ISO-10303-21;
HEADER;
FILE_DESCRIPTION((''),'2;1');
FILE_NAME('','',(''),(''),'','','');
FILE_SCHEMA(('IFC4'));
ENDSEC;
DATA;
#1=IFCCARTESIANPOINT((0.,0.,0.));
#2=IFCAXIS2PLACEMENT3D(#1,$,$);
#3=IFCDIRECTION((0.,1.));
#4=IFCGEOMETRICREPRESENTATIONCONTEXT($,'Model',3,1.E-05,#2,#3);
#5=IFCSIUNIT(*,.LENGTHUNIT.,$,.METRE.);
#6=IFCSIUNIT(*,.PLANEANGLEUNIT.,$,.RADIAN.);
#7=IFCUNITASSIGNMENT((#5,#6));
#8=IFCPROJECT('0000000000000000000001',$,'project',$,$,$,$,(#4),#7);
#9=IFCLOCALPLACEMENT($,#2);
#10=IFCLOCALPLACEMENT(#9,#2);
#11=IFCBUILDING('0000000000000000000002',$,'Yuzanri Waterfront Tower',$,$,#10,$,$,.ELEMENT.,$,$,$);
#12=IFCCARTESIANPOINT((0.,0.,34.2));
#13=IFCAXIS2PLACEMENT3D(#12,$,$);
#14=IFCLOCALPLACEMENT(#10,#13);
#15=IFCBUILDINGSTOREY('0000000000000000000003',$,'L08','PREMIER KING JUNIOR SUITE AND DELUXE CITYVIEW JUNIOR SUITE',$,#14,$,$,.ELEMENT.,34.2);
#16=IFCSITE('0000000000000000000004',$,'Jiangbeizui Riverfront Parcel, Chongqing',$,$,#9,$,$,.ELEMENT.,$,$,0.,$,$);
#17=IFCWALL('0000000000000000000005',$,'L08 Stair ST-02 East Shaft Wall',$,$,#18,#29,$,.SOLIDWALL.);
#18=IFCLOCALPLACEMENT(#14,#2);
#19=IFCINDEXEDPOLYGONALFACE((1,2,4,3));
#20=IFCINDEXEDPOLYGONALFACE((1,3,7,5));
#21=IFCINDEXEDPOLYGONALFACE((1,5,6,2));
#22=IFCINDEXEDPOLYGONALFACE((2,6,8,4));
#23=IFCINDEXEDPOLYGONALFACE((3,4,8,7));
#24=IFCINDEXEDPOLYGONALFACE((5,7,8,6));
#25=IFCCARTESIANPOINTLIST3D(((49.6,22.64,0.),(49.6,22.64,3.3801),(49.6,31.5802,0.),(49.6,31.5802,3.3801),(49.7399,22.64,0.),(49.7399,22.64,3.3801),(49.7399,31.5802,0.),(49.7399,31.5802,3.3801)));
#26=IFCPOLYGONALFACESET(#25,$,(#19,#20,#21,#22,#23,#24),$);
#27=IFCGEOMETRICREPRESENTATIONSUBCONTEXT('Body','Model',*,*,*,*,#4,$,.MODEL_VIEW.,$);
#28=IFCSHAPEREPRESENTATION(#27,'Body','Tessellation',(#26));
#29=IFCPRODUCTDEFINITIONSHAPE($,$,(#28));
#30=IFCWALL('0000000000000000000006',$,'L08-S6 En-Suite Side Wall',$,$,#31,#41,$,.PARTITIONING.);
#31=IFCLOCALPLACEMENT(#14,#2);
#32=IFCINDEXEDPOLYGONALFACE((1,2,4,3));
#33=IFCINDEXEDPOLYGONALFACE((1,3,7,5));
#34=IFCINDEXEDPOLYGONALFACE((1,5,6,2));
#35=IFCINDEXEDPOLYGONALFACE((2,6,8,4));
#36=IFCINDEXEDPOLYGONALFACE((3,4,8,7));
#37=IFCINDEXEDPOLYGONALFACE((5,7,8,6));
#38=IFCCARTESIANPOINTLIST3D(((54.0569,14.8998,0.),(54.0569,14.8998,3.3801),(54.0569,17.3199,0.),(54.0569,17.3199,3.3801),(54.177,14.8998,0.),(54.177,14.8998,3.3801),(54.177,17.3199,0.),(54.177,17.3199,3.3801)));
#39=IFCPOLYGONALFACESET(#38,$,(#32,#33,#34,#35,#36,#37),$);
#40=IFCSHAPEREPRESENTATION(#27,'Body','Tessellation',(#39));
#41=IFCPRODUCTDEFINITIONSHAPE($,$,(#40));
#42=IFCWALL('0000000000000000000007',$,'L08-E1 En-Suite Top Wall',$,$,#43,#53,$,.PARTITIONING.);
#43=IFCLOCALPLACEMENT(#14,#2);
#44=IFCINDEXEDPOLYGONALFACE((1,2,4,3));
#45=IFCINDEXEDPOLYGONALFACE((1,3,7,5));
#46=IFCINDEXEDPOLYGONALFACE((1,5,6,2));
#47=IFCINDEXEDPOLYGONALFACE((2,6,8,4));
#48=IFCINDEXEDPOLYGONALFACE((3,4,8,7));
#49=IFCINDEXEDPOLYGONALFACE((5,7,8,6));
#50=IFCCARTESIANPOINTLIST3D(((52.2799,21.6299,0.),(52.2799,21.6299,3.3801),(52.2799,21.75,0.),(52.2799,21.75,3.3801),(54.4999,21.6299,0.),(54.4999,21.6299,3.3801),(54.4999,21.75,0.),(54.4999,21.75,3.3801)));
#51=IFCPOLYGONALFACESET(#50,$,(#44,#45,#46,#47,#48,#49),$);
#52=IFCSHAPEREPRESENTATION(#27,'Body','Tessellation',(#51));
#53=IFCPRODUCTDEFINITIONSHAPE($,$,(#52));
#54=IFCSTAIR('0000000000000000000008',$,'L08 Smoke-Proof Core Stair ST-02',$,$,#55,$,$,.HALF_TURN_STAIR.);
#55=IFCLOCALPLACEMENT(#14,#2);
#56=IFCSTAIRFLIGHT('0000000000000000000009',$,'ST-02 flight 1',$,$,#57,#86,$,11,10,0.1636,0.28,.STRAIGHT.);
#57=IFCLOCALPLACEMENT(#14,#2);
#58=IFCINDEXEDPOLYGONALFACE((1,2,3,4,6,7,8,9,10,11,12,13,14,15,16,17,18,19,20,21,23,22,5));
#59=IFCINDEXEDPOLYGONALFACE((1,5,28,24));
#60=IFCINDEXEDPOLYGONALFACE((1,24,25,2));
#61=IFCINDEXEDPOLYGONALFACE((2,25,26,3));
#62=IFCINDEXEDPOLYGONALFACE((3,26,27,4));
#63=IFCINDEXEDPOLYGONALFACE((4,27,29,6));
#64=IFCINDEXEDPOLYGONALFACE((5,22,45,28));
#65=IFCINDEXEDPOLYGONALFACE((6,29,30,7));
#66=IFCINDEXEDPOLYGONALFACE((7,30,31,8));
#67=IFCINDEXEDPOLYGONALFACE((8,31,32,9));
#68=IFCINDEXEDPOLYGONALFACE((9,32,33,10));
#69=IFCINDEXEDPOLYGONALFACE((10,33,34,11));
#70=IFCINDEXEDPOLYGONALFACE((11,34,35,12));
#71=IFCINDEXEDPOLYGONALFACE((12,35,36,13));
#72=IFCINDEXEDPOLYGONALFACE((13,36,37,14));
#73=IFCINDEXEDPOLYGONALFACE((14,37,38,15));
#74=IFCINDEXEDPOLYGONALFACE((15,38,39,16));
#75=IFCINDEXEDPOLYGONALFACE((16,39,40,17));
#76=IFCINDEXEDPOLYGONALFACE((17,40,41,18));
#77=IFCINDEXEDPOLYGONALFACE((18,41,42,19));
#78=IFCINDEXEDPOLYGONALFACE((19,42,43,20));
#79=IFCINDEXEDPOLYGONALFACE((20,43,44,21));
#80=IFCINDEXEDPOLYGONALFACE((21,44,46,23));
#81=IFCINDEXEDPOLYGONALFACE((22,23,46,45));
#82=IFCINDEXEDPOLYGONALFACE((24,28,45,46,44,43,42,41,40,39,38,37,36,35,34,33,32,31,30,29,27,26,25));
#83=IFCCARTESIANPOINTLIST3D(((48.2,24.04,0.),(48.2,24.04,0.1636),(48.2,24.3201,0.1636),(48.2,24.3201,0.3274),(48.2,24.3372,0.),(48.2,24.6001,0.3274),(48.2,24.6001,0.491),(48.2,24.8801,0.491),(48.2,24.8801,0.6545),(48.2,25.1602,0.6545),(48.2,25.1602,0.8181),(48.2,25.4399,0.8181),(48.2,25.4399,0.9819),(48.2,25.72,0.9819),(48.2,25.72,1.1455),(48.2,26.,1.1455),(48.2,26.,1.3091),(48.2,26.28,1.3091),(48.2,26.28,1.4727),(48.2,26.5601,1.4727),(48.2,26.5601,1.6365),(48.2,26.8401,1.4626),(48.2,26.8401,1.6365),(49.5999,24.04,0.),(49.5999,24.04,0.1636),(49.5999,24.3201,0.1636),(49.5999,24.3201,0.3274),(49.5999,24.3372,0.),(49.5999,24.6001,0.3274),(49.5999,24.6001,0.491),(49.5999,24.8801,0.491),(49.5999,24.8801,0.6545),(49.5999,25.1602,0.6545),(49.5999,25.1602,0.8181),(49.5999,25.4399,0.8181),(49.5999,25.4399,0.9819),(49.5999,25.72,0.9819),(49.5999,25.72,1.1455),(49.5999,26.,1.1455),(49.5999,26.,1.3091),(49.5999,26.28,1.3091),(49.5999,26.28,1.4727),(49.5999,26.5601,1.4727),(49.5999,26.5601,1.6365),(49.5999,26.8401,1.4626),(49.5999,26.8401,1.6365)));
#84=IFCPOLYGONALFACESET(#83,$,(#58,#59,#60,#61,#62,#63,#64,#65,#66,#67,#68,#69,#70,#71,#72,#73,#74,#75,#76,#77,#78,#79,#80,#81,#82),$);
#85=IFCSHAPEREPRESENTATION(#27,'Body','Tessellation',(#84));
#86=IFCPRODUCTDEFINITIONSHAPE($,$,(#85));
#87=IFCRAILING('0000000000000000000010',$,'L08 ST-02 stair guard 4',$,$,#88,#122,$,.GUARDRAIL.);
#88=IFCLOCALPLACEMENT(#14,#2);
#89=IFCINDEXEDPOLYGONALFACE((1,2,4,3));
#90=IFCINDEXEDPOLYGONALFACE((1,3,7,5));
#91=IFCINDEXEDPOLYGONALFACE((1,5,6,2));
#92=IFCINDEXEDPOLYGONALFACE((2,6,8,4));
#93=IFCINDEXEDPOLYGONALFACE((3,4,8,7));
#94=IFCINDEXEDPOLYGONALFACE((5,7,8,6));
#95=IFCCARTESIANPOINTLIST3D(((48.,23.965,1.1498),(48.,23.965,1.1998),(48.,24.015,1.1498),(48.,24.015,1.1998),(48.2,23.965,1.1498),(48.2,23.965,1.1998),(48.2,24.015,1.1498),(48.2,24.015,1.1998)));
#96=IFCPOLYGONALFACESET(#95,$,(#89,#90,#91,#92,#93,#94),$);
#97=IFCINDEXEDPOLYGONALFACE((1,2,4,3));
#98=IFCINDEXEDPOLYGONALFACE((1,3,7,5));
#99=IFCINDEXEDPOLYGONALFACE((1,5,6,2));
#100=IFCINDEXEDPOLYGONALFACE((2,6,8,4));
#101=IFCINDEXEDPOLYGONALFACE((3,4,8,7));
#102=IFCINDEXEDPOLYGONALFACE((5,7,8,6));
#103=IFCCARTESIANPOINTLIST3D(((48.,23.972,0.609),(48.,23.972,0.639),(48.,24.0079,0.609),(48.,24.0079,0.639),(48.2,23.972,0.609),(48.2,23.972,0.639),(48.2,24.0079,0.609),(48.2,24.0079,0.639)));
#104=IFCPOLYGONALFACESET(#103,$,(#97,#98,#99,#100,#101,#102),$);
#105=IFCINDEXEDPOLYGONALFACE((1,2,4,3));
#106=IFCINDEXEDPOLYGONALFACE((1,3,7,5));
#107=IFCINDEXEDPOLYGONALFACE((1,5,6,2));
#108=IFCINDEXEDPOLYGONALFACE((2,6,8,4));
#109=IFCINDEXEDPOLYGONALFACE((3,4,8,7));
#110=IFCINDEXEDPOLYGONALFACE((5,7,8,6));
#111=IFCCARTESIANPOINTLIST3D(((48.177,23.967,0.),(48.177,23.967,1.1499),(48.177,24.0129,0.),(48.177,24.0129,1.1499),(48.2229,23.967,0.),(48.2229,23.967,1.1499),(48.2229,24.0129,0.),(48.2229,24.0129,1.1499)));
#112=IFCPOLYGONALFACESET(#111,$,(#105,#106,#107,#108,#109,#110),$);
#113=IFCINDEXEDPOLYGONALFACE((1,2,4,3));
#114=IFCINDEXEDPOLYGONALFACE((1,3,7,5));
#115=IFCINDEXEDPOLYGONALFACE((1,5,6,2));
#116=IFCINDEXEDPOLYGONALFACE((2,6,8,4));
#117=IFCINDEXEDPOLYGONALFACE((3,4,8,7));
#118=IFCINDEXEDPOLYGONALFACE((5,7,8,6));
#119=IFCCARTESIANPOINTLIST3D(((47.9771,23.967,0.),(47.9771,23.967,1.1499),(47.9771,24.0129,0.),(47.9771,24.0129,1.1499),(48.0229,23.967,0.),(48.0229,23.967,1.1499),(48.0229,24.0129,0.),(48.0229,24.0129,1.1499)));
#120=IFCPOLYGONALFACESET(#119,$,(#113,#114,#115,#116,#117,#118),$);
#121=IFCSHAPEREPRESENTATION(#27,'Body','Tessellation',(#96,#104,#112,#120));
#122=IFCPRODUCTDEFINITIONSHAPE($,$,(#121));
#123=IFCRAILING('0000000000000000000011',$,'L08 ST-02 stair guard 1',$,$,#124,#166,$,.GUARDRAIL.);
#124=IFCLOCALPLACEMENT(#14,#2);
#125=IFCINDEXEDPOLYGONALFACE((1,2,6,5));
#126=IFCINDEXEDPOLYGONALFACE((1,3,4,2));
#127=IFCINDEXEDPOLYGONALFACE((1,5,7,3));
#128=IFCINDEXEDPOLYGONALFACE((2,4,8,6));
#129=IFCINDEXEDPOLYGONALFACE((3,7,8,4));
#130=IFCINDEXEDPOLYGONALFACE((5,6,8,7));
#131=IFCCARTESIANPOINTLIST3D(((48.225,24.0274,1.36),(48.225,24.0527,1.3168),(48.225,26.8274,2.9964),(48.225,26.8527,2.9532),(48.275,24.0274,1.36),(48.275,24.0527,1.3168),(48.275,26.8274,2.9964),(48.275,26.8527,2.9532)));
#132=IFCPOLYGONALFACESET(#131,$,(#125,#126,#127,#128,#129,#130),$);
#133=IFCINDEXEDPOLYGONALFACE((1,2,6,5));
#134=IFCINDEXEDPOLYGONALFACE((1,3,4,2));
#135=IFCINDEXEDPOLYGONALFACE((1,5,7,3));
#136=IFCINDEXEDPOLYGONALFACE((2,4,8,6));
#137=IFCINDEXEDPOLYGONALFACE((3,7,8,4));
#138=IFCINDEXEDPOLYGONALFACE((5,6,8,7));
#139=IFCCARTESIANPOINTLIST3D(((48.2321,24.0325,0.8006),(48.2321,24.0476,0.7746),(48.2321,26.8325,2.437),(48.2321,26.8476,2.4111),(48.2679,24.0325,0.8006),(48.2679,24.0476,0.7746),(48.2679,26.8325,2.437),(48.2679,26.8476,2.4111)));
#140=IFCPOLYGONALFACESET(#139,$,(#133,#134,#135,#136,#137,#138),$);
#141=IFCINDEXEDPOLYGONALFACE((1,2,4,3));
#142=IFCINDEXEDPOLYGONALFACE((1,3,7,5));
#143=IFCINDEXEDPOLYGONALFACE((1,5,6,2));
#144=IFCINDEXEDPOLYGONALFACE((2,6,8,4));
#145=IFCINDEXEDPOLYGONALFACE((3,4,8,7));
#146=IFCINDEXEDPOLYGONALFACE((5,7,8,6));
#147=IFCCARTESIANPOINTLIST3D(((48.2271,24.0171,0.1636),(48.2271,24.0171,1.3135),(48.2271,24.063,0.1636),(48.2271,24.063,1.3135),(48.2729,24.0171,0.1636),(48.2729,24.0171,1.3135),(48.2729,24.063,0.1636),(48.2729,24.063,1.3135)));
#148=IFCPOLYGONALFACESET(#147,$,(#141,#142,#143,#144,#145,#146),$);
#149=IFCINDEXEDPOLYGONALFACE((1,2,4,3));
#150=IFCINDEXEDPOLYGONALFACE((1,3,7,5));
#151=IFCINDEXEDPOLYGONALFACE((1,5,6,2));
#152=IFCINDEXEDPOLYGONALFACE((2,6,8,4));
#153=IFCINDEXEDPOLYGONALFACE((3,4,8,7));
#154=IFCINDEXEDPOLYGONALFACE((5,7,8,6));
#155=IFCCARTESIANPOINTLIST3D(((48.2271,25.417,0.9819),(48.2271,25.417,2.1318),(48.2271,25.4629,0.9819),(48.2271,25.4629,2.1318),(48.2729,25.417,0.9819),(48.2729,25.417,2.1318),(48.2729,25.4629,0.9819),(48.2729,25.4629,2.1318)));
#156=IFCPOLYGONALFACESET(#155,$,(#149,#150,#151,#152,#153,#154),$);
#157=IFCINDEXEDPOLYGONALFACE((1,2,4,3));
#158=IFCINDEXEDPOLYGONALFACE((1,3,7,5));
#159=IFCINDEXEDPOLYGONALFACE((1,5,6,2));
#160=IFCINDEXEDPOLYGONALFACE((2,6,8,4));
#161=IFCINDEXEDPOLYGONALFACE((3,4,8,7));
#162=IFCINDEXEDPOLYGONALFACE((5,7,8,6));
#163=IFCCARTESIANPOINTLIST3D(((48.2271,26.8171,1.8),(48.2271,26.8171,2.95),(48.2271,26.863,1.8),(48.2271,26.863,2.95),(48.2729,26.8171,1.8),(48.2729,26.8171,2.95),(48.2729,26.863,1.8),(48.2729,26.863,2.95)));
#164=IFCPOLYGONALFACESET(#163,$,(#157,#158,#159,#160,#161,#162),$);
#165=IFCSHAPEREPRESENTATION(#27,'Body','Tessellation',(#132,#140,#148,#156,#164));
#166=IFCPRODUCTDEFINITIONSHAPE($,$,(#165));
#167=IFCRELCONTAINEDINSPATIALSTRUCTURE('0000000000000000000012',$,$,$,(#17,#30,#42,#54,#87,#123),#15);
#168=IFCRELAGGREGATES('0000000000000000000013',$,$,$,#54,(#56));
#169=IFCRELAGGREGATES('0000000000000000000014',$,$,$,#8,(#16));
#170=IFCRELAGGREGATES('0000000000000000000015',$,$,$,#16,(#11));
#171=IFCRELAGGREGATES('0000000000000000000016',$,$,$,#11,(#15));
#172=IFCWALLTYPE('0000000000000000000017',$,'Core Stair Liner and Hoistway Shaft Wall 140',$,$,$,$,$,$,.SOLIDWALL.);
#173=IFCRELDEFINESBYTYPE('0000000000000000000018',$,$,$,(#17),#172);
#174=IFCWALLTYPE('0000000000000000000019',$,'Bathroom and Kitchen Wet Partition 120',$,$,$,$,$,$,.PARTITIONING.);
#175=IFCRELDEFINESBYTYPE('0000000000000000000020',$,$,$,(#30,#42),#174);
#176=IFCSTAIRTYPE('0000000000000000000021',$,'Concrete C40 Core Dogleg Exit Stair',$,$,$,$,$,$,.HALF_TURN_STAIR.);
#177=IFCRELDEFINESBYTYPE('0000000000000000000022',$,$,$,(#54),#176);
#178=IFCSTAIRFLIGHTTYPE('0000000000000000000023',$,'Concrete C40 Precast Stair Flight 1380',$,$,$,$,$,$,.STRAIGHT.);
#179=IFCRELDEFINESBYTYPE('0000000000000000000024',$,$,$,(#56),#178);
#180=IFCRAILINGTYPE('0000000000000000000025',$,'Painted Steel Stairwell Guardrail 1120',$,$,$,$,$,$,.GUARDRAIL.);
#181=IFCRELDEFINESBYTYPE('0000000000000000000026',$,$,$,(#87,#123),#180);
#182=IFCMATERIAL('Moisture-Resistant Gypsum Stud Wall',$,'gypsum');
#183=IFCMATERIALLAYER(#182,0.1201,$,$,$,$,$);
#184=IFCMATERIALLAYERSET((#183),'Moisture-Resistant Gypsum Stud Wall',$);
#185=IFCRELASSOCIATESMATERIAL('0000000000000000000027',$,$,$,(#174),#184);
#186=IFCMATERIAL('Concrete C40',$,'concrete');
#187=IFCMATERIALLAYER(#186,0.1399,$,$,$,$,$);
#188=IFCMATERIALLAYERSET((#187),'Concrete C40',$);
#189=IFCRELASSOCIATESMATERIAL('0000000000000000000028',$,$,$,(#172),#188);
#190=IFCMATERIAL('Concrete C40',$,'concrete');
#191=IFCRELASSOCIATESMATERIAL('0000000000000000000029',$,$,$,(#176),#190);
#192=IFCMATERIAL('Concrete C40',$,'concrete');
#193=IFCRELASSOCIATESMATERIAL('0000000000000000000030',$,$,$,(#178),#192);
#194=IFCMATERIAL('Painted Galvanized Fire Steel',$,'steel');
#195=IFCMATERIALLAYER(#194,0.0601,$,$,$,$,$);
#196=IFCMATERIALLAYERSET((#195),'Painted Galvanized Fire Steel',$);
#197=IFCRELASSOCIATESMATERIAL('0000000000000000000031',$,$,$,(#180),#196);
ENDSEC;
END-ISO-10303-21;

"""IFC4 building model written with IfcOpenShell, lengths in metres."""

from ifc_helpers import new_model, si_unit, direction, frame, frame_2d, origin, origin_2d, place, context, subcontext, project, spatial, polyline, rectangle, outline, extrude, source, transform, mapped, material, layer, layer_set, type_object, element, aggregate, save


model = new_model("IFC4")

# Units and contexts
model_context = context("Model", 3, precision=1e-05, world=origin(), true_north=direction((0.0, 1.0)))
body_context = subcontext(model_context, "Body", "Model", "MODEL_VIEW")
ifc_project = project(units=[si_unit("LENGTHUNIT", "METRE"), si_unit("PLANEANGLEUNIT", "RADIAN")], contexts=[model_context])

# Site, building, storey
site_placement = place(None, origin())
site = spatial("IfcSite", under=ifc_project, at=site_placement, Name="Jiangbeizui Riverfront Parcel, Chongqing", CompositionType="ELEMENT", RefElevation=0.0)
building_placement = place(site_placement, origin())
building = spatial("IfcBuilding", under=site, at=building_placement, Name="Yuzanri Waterfront Tower", CompositionType="ELEMENT")
storey_placement = place(building_placement, frame((0.0, 0.0, 34.2)))
storey = spatial("IfcBuildingStorey", under=building, at=storey_placement, Name="L08", Description="PREMIER KING JUNIOR SUITE AND DELUXE CITYVIEW JUNIOR SUITE", CompositionType="ELEMENT", Elevation=34.2)

# Shared definitions
ifc_material_1 = material(Name="Moisture-Resistant Gypsum Stud Wall", Category="gypsum")
ifc_layer_1 = layer(ifc_material_1, 0.1201)
ifc_layer_set_1 = layer_set([ifc_layer_1], Name="Moisture-Resistant Gypsum Stud Wall")
wall_type_1 = type_object("IfcWallType", Name="Bathroom and Kitchen Wet Partition 120", PredefinedType="PARTITIONING", material=ifc_layer_set_1)

# Walls
ifc_material_2 = material(Name="Concrete C40", Category="concrete")
ifc_layer_2 = layer(ifc_material_2, 0.1399)
ifc_layer_set_2 = layer_set([ifc_layer_2], Name="Concrete C40")
wall_type_2 = type_object("IfcWallType", Name="Core Stair Liner and Hoistway Shaft Wall 140", PredefinedType="SOLIDWALL", material=ifc_layer_set_2)
shared_shape_1 = source(origin(), body_context, "Body", "SweptSolid", [
    extrude(rectangle(XDim=8.9402, YDim=0.1399, at=frame_2d((4.4702, 0.0))), origin(), (0.0, 0.0, 1.0), 3.3801),
])
wall_1_placement = place(storey_placement, frame((49.6699, 22.6399, 0.0), z_axis=(0.0, 0.0, 1.0), x_axis=(0.0, 1.0, 0.0)))
element("IfcWall", 1, at=wall_1_placement, inside=storey, type_object=wall_type_2, Name="L08 Stair ST-02 East Shaft Wall", PredefinedType="SOLIDWALL", context=body_context, shape_type="MappedRepresentation", body=[
    mapped(shared_shape_1, transform((0.0, 0.0, 0.0), scale=1.0)),
])
shared_shape_2 = source(origin(), body_context, "Body", "SweptSolid", [
    extrude(rectangle(XDim=2.4202, YDim=0.1201, at=frame_2d((1.21, 0.0))), origin(), (0.0, 0.0, 1.0), 3.3801),
])
wall_2_placement = place(storey_placement, frame((54.1169, 14.8999, 0.0), z_axis=(0.0, 0.0, 1.0), x_axis=(0.0, 1.0, 0.0)))
element("IfcWall", 2, at=wall_2_placement, inside=storey, type_object=wall_type_1, Name="L08-S6 En-Suite Side Wall", PredefinedType="PARTITIONING", context=body_context, shape_type="MappedRepresentation", body=[
    mapped(shared_shape_2, transform((0.0, 0.0, 0.0), scale=1.0)),
])
shared_shape_3 = source(origin(), body_context, "Body", "SweptSolid", [
    extrude(rectangle(XDim=2.22, YDim=0.1201, at=frame_2d((1.1099, 0.0))), origin(), (0.0, 0.0, 1.0), 3.3801),
])
wall_3_placement = place(storey_placement, frame((52.28, 21.6899, 0.0), z_axis=(0.0, 0.0, 1.0), x_axis=(1.0, 0.0, 0.0)))
element("IfcWall", 3, at=wall_3_placement, inside=storey, type_object=wall_type_1, Name="L08-E1 En-Suite Top Wall", PredefinedType="PARTITIONING", context=body_context, shape_type="MappedRepresentation", body=[
    mapped(shared_shape_3, transform((0.0, 0.0, 0.0), scale=1.0)),
])

# Stair, stair flight
ifc_material_3 = material(Name="Concrete C40", Category="concrete")
stair_type = type_object("IfcStairType", Name="Concrete C40 Core Dogleg Exit Stair", PredefinedType="HALF_TURN_STAIR", material=ifc_material_3)
stair_placement = place(storey_placement, origin())
stair = element("IfcStair", 4, at=stair_placement, inside=storey, type_object=stair_type, Name="L08 Smoke-Proof Core Stair ST-02", PredefinedType="HALF_TURN_STAIR")
ifc_material_4 = material(Name="Concrete C40", Category="concrete")
stair_flight_type = type_object("IfcStairFlightType", Name="Concrete C40 Precast Stair Flight 1380", PredefinedType="STRAIGHT", material=ifc_material_4)
shared_shape_4 = source(origin(), body_context, "Body", "SweptSolid", [
    extrude(outline(polyline([(0.0, 0.0), (0.0, 0.1636), (0.28, 0.1636), (0.28, 0.3274), (0.5601, 0.3274), (0.5601, 0.491), (0.8401, 0.491), (0.8401, 0.6545), (1.1201, 0.6545), (1.1201, 0.8181), (1.3999, 0.8181), (1.3999, 0.9819), (1.6799, 0.9819), (1.6799, 1.1455), (1.96, 1.1455), (1.96, 1.3091), (2.24, 1.3091), (2.24, 1.4727), (2.52, 1.4727), (2.52, 1.6365), (2.8, 1.6365), (2.8, 1.8), (2.8, 1.4626), (0.2971, 0.0), (0.0, 0.0)])), frame((0.0, 0.7, 0.0), z_axis=(0.0, -1.0, 0.0), x_axis=(1.0, 0.0, 0.0)), (0.0, 0.0, 1.0), 1.3999),
])
stair_flight_placement = place(storey_placement, frame((48.8999, 24.04, 0.0), z_axis=(0.0, 0.0, 1.0), x_axis=(0.0, 1.0, 0.0)))
stair_flight = element("IfcStairFlight", 5, at=stair_flight_placement, type_object=stair_flight_type, Name="ST-02 flight 1", NumberOfRisers=11, NumberOfTreads=10, PredefinedType="STRAIGHT", RiserHeight=0.1636, TreadLength=0.28, context=body_context, shape_type="MappedRepresentation", body=[
    mapped(shared_shape_4, transform((0.0, 0.0, 0.0), scale=1.0)),
])
aggregate(stair, [stair_flight])

# Railings
ifc_material_5 = material(Name="Painted Galvanized Fire Steel", Category="steel")
ifc_layer_3 = layer(ifc_material_5, 0.0601)
ifc_layer_set_3 = layer_set([ifc_layer_3], Name="Painted Galvanized Fire Steel")
railing_type_1 = type_object("IfcRailingType", Name="Painted Steel Stairwell Guardrail 1120", PredefinedType="GUARDRAIL", material=ifc_layer_set_3)
shared_shape_5 = source(origin(), body_context, "Body", "SweptSolid", [
    extrude(rectangle(XDim=0.05, YDim=0.05, at=origin_2d()), frame((0.0, 0.0, 1.1748), z_axis=(-1.0, 0.0, 0.0), x_axis=(0.0, -1.0, 0.0)), (0.0, 0.0, 1.0), 0.2),
    extrude(rectangle(XDim=0.0359, YDim=0.03, at=origin_2d()), frame((0.0, 0.0, 0.624), z_axis=(-1.0, 0.0, 0.0), x_axis=(0.0, -1.0, 0.0)), (0.0, 0.0, 1.0), 0.2),
    extrude(rectangle(XDim=0.0459, YDim=0.0459, at=origin_2d()), origin(), (0.0, 0.0, 1.0), 1.1499),
    extrude(rectangle(XDim=0.0459, YDim=0.0459, at=origin_2d()), frame((-0.2, 0.0, 0.0)), (0.0, 0.0, 1.0), 1.1499),
])
railing_1_placement = place(storey_placement, frame((48.2, 23.99, 0.0)))
element("IfcRailing", 6, at=railing_1_placement, inside=storey, type_object=railing_type_1, Name="L08 ST-02 stair guard 4", PredefinedType="GUARDRAIL", context=body_context, shape_type="MappedRepresentation", body=[
    mapped(shared_shape_5, transform((0.0, 0.0, 0.0), scale=1.0)),
])
shared_shape_6 = source(origin(), body_context, "Body", "SweptSolid", [
    extrude(rectangle(XDim=0.05, YDim=0.05, at=origin_2d()), frame((0.0, 0.0, 1.1748), z_axis=(0.0, 0.863361, 0.504587), x_axis=(-1.0, 0.0, 0.0)), (0.0, 0.0, 1.0), 3.2432),
    extrude(rectangle(XDim=0.0359, YDim=0.03, at=origin_2d()), frame((0.0, 0.0, 0.624), z_axis=(0.0, 0.863361, 0.504587), x_axis=(-1.0, 0.0, 0.0)), (0.0, 0.0, 1.0), 3.2432),
    extrude(rectangle(XDim=0.0459, YDim=0.0459, at=origin_2d()), origin(), (0.0, 0.0, 1.0), 1.1499),
    extrude(rectangle(XDim=0.0459, YDim=0.0459, at=origin_2d()), frame((0.0, 1.3999, 0.8184)), (0.0, 0.0, 1.0), 1.1499),
    extrude(rectangle(XDim=0.0459, YDim=0.0459, at=origin_2d()), frame((0.0, 2.8, 1.6365)), (0.0, 0.0, 1.0), 1.1499),
])
railing_2_placement = place(storey_placement, frame((48.25, 24.04, 0.1636)))
element("IfcRailing", 7, at=railing_2_placement, inside=storey, type_object=railing_type_1, Name="L08 ST-02 stair guard 1", PredefinedType="GUARDRAIL", context=body_context, shape_type="MappedRepresentation", body=[
    mapped(shared_shape_6, transform((0.0, 0.0, 0.0), scale=1.0)),
])

save(model, "model.ifc")
